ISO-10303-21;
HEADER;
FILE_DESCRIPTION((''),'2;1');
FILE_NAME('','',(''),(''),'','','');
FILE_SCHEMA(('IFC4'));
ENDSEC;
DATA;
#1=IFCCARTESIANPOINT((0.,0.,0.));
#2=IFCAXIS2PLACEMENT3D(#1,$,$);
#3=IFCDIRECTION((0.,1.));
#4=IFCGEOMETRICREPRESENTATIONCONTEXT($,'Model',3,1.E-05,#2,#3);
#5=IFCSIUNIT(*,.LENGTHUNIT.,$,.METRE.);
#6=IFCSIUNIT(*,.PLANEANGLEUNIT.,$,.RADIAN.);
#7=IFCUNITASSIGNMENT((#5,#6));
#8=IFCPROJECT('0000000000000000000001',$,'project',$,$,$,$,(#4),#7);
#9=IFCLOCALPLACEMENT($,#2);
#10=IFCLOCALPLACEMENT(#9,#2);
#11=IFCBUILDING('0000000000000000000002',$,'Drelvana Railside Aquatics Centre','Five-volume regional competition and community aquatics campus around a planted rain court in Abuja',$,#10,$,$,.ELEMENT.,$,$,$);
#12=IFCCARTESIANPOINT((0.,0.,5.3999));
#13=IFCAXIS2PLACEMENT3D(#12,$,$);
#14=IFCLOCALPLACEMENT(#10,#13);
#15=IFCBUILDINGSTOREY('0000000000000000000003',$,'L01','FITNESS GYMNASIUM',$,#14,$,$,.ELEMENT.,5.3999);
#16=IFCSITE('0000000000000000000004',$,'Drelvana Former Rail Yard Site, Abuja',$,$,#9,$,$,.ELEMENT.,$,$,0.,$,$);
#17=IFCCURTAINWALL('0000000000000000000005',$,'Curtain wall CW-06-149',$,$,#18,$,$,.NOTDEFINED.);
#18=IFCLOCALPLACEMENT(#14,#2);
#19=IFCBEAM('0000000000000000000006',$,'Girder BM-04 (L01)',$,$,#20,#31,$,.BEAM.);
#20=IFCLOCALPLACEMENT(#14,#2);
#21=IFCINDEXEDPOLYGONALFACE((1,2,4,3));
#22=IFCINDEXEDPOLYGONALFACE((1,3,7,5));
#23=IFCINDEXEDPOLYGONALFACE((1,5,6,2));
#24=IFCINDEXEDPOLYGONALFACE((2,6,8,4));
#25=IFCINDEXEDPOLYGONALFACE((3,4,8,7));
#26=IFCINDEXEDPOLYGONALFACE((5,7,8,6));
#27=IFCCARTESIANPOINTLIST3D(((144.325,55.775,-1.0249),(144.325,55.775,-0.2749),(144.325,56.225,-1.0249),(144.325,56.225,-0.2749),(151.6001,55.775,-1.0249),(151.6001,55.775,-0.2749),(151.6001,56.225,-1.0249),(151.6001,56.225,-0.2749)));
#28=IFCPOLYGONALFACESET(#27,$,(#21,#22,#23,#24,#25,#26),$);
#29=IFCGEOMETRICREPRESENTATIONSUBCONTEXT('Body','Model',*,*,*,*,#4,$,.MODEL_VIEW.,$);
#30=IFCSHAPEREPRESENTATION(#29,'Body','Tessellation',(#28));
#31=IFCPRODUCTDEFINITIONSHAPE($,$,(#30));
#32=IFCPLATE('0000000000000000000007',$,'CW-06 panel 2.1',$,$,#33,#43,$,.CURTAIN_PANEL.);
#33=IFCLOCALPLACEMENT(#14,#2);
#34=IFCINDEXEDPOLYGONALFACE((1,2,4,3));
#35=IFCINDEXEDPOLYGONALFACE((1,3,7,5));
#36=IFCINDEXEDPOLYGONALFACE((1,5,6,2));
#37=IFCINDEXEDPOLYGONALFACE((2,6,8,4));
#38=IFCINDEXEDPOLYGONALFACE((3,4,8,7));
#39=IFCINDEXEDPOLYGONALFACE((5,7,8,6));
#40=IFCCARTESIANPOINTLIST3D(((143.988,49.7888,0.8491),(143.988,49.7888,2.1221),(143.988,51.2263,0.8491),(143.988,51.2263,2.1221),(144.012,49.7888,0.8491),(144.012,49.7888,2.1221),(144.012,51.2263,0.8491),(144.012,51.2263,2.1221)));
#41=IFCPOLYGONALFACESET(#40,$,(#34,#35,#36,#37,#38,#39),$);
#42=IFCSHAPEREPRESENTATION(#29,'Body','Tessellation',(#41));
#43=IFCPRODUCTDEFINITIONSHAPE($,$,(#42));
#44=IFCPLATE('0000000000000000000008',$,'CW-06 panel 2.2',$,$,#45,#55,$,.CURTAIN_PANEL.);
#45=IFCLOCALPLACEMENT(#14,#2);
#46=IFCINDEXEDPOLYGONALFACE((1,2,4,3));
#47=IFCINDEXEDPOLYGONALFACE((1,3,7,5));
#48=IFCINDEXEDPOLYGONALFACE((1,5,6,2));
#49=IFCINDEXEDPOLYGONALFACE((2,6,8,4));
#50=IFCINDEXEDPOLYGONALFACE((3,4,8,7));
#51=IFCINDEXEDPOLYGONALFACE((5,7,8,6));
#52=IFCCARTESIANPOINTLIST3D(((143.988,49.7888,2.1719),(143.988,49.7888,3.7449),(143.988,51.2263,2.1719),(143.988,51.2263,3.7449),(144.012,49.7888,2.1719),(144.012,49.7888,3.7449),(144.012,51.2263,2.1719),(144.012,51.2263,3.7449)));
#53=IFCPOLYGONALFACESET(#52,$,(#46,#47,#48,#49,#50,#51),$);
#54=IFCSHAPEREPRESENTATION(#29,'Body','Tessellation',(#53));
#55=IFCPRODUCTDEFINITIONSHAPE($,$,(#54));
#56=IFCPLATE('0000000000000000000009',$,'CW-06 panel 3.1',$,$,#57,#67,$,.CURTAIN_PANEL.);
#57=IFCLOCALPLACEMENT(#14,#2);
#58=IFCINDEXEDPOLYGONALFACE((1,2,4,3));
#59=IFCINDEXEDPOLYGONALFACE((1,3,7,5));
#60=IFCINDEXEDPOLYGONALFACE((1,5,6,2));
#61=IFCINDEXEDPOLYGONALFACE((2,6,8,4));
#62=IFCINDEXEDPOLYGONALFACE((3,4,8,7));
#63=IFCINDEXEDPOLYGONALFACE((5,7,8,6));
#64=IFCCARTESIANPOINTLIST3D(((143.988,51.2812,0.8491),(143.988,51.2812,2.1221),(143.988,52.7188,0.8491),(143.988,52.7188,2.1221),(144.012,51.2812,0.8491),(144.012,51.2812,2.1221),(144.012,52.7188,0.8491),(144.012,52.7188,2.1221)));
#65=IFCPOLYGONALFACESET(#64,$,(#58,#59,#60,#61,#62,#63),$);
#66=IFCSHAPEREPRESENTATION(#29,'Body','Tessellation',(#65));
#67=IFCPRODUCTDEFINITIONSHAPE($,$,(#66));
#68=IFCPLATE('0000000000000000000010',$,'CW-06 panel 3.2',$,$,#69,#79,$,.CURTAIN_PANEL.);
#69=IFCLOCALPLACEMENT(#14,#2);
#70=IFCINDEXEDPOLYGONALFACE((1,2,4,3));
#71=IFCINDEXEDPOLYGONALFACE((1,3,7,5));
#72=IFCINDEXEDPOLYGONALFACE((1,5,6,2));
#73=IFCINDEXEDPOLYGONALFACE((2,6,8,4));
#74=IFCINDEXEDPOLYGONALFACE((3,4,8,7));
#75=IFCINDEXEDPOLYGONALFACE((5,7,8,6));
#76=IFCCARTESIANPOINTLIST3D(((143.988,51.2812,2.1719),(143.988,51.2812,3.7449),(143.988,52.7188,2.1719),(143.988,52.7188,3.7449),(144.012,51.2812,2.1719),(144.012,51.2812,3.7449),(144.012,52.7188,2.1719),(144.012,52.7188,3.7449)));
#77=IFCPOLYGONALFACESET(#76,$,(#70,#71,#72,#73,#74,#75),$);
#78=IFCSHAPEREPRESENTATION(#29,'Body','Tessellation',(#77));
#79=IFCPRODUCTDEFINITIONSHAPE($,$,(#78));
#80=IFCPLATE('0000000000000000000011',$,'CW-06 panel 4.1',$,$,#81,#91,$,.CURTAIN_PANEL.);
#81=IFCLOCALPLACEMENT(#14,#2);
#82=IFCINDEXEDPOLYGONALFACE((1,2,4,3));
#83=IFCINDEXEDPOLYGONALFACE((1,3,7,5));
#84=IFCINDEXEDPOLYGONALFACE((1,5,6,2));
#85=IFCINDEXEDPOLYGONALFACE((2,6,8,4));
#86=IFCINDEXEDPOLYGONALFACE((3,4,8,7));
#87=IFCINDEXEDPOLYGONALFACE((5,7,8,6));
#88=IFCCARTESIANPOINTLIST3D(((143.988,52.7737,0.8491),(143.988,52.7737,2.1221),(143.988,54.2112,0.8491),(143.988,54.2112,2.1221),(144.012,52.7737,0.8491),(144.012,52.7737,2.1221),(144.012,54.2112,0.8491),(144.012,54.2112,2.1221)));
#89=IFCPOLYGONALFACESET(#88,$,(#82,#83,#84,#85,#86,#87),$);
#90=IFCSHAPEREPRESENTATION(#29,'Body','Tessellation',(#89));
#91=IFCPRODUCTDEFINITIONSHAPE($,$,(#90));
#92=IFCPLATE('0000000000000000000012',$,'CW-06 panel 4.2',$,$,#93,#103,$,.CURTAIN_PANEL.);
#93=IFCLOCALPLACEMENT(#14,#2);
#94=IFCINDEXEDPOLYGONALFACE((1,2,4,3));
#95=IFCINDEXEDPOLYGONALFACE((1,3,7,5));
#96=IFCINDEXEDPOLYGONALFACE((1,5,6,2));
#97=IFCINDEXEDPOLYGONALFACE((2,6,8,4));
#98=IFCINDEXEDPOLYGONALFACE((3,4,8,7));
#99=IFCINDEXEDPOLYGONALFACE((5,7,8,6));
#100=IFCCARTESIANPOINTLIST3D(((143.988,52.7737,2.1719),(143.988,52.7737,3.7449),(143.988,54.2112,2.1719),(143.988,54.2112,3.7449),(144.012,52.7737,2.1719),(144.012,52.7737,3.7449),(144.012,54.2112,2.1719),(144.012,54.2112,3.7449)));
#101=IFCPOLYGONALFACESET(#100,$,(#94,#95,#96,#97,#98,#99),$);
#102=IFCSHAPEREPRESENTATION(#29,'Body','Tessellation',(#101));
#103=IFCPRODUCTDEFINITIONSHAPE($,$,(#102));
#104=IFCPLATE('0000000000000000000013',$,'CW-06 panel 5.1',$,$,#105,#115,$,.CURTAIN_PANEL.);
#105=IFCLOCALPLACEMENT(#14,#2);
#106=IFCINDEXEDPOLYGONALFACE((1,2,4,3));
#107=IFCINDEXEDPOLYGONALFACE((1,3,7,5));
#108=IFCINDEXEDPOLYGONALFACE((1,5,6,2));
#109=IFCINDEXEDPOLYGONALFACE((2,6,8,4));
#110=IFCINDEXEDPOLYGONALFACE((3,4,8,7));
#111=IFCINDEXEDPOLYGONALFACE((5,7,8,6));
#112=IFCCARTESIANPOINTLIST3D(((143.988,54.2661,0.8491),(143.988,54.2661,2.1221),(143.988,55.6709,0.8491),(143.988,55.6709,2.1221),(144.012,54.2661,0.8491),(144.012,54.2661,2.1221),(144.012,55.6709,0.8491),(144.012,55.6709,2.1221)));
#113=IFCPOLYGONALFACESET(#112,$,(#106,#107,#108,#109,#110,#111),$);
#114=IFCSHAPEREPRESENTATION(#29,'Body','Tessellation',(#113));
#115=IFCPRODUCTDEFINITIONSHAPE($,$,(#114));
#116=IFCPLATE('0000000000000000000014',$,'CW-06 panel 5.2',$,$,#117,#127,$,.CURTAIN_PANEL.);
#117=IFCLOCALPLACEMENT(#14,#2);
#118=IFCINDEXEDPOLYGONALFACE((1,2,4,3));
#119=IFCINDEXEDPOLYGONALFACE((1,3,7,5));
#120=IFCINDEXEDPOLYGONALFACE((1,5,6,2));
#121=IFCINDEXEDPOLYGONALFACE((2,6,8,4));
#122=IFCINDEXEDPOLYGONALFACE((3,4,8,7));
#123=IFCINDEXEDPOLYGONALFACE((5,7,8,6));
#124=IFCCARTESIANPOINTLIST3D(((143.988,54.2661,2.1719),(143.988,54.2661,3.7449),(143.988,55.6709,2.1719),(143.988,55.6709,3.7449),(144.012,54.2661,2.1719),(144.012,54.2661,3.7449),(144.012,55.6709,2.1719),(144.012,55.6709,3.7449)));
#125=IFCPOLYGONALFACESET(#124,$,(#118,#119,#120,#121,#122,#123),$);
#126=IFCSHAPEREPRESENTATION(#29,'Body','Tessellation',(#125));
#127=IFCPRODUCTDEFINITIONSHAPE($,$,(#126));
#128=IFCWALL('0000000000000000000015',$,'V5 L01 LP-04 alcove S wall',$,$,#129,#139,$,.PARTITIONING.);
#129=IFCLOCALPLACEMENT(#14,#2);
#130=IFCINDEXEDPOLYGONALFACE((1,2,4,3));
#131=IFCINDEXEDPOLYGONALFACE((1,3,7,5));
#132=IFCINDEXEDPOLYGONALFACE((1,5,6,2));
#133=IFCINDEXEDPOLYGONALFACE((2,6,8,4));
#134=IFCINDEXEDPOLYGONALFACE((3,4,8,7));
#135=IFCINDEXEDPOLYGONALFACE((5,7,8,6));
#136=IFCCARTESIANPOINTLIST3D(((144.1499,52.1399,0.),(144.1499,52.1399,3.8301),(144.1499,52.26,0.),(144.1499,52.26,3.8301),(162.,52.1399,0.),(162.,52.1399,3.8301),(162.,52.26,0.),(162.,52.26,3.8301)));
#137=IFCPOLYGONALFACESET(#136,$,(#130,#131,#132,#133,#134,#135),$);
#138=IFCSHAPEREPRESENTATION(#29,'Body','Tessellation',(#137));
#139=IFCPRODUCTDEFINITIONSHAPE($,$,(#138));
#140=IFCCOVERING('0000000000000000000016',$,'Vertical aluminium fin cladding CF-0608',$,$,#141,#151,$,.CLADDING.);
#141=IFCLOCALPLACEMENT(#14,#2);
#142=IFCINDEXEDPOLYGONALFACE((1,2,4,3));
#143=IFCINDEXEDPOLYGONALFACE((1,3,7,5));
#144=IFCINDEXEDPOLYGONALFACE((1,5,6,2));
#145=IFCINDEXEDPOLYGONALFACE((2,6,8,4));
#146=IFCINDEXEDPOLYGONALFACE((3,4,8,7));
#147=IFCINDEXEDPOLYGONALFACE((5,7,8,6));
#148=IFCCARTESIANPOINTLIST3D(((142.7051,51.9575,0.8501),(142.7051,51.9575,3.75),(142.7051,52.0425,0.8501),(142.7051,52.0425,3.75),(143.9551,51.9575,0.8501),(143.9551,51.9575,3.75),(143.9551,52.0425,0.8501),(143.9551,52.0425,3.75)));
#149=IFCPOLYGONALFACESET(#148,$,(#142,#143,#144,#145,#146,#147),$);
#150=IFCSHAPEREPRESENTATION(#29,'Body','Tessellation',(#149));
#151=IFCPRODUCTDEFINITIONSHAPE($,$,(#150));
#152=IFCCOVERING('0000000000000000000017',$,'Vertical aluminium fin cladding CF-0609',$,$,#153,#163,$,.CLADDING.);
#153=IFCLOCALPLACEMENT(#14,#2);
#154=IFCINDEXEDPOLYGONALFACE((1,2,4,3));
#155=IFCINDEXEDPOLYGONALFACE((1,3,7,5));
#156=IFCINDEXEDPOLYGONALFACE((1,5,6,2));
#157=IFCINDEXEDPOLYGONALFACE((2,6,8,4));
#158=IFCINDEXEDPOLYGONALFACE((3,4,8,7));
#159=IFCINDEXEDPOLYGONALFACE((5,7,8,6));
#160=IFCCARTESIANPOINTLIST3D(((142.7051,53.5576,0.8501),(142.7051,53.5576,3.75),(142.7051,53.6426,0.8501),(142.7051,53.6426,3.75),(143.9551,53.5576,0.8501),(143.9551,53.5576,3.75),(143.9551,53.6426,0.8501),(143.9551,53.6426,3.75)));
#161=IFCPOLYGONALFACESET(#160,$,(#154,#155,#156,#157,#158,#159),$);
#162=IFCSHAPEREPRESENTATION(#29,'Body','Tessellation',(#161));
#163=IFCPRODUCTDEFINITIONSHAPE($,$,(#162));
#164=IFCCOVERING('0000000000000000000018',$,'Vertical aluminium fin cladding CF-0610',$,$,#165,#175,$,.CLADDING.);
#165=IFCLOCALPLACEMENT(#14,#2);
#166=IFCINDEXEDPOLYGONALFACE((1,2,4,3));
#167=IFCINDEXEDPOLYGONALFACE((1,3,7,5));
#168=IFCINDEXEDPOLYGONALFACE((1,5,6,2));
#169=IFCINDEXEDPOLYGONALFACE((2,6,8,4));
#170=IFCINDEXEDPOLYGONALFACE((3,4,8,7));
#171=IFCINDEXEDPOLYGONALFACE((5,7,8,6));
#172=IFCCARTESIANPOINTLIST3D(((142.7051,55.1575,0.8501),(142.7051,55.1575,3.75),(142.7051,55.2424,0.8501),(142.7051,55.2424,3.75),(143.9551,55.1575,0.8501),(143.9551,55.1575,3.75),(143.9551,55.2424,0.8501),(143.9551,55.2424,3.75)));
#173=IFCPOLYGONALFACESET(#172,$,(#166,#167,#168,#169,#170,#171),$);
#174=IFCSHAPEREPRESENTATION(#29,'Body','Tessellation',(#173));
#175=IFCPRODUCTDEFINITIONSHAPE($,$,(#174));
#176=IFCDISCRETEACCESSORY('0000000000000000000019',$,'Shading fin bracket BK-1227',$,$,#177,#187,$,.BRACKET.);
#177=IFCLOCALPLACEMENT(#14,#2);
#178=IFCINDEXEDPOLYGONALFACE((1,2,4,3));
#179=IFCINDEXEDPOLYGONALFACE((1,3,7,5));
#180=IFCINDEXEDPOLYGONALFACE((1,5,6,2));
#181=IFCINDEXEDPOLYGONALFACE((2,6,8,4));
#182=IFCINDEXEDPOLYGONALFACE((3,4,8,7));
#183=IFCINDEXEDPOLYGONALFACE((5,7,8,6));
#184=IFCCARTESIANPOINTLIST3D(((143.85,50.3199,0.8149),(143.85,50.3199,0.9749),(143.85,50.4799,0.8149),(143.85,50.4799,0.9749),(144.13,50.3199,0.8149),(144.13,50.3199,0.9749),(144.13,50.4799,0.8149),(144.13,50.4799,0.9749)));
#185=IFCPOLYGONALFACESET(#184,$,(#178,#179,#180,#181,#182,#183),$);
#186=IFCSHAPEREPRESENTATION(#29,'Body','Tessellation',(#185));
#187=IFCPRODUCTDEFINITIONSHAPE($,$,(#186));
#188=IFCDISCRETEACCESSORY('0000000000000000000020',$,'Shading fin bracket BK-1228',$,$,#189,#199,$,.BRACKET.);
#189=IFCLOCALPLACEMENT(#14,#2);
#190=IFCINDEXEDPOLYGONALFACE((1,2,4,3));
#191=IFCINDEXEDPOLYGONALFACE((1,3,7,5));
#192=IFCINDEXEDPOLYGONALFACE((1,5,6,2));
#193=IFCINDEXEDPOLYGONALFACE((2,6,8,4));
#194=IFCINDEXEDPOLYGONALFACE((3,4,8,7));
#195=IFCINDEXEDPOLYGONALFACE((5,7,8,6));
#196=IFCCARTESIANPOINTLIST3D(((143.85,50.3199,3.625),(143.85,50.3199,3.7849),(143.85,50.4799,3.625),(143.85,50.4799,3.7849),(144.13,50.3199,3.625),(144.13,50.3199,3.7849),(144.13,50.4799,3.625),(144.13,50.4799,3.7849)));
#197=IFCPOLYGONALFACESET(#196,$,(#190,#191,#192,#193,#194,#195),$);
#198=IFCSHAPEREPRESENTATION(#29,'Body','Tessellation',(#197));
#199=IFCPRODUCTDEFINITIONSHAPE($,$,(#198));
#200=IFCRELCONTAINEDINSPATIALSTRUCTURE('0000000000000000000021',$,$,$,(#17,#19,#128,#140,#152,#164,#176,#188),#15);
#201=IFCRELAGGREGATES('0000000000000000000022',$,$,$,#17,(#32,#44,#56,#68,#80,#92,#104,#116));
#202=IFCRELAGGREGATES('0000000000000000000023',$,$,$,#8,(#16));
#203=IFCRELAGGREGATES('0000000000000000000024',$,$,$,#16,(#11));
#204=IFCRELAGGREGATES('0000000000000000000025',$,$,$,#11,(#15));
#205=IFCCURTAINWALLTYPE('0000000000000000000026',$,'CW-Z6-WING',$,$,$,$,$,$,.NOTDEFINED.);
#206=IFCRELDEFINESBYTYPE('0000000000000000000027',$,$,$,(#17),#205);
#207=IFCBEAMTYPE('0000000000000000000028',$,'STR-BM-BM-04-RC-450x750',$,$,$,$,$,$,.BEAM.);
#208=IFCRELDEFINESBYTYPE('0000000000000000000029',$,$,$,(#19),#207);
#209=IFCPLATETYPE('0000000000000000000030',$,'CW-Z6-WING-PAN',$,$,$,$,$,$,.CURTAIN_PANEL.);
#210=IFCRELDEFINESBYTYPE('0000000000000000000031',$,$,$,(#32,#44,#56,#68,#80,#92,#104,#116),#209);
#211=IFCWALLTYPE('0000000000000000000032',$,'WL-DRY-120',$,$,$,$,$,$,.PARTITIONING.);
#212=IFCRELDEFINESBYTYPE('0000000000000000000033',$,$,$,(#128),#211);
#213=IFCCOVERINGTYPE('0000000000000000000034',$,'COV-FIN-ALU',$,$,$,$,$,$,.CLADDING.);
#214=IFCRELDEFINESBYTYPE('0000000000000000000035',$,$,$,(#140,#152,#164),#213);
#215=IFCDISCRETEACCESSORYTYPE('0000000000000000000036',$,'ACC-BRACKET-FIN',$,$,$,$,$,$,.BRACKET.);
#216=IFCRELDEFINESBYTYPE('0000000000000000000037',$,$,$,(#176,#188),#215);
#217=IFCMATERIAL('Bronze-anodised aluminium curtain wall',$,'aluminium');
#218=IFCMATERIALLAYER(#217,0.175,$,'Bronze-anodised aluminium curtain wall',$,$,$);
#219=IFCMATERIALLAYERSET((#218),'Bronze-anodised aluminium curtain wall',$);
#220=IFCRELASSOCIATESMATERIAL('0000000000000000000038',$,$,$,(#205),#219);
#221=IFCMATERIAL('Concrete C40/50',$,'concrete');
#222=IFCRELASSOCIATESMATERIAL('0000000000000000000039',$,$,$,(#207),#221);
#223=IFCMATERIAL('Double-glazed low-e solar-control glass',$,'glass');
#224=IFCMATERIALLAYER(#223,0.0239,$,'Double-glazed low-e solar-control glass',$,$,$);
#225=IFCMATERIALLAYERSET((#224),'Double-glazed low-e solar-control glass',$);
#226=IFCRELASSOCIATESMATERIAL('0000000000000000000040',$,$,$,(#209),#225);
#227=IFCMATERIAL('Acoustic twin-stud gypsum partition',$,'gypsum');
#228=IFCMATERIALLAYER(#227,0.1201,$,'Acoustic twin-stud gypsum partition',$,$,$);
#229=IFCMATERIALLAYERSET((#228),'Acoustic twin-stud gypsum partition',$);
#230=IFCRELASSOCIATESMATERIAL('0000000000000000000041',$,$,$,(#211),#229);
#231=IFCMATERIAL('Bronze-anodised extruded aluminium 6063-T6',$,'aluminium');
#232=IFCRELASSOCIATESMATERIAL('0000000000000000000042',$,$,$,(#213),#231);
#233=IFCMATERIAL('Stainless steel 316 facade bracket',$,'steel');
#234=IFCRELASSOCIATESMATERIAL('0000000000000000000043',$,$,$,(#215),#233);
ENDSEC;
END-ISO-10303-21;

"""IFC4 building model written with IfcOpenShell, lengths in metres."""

from ifc_helpers import new_model, si_unit, direction, frame, frame_2d, origin, origin_2d, place, context, subcontext, project, spatial, rectangle, extrude, material, layer, layer_set, material_profile, profile_set, type_object, element, aggregate, save


model = new_model("IFC4")

# Units and contexts
model_context = context("Model", 3, precision=1e-05, world=origin(), true_north=direction((0.0, 1.0)))
body_context = subcontext(model_context, "Body", "Model", "MODEL_VIEW")
ifc_project = project(units=[si_unit("LENGTHUNIT", "METRE"), si_unit("PLANEANGLEUNIT", "RADIAN")], contexts=[model_context])

# Site, building, storey
site_placement = place(None, origin())
site = spatial("IfcSite", under=ifc_project, at=site_placement, Name="Drelvana Former Rail Yard Site, Abuja", CompositionType="ELEMENT", RefElevation=0.0)
building_placement = place(site_placement, origin())
building = spatial("IfcBuilding", under=site, at=building_placement, Name="Drelvana Railside Aquatics Centre", Description="Five-volume regional competition and community aquatics campus around a planted rain court in Abuja", CompositionType="ELEMENT")
storey_placement = place(building_placement, frame((0.0, 0.0, 5.3999)))
storey = spatial("IfcBuildingStorey", under=building, at=storey_placement, Name="L01", Description="FITNESS GYMNASIUM", CompositionType="ELEMENT", Elevation=5.3999)

# Shared definitions
ifc_material_1 = material(Name="Concrete C40/50", Category="concrete")

# Curtain wall
ifc_material_2 = material(Name="Bronze-anodised aluminium curtain wall", Category="aluminium")
ifc_layer_1 = layer(ifc_material_2, 0.175, Name="Bronze-anodised aluminium curtain wall")
ifc_layer_set_1 = layer_set([ifc_layer_1], Name="Bronze-anodised aluminium curtain wall")
curtain_wall_type = type_object("IfcCurtainWallType", Name="CW-Z6-WING", PredefinedType="NOTDEFINED", material=ifc_layer_set_1)
curtain_wall_placement = place(storey_placement, origin())
curtain_wall = element("IfcCurtainWall", 1, at=curtain_wall_placement, inside=storey, type_object=curtain_wall_type, Name="Curtain wall CW-06-149", PredefinedType="NOTDEFINED")

# Beam
ifc_material_profile_1 = material_profile(ifc_material_1, rectangle(XDim=0.45, YDim=0.75, at=origin_2d()), Name="RC 450x750")
ifc_profile_set_1 = profile_set([ifc_material_profile_1], Name="Concrete C40/50")
beam_type = type_object("IfcBeamType", Name="STR-BM-BM-04-RC-450x750", PredefinedType="BEAM", material=ifc_profile_set_1)
beam_placement = place(storey_placement, frame((144.325, 56.0, -0.6499), z_axis=(1.0, 0.0, 0.0), x_axis=(0.0, 1.0, 0.0)))
element("IfcBeam", 2, at=beam_placement, inside=storey, type_object=beam_type, Name="Girder BM-04 (L01)", PredefinedType="BEAM", context=body_context, shape_type="SweptSolid", body=[
    extrude(rectangle(XDim=0.45, YDim=0.75, at=origin_2d()), origin(), (0.0, 0.0, 1.0), 7.2751),
])

# Plates
ifc_material_3 = material(Name="Double-glazed low-e solar-control glass", Category="glass")
ifc_layer_2 = layer(ifc_material_3, 0.0239, Name="Double-glazed low-e solar-control glass")
ifc_layer_set_2 = layer_set([ifc_layer_2], Name="Double-glazed low-e solar-control glass")
plate_type = type_object("IfcPlateType", Name="CW-Z6-WING-PAN", PredefinedType="CURTAIN_PANEL", material=ifc_layer_set_2)
plate_1_placement = place(storey_placement, frame((144.0, 50.5076, 0.8491), z_axis=(0.0, 0.0, 1.0), x_axis=(0.0, 1.0, 0.0)))
plate_1 = element("IfcPlate", 3, at=plate_1_placement, type_object=plate_type, Name="CW-06 panel 2.1", PredefinedType="CURTAIN_PANEL", context=body_context, shape_type="SweptSolid", body=[
    extrude(rectangle(XDim=1.4375, YDim=0.0239, at=origin_2d()), origin(), (0.0, 0.0, 1.0), 1.2729),
])
plate_2_placement = place(storey_placement, frame((144.0, 50.5076, 2.1719), z_axis=(0.0, 0.0, 1.0), x_axis=(0.0, 1.0, 0.0)))
plate_2 = element("IfcPlate", 4, at=plate_2_placement, type_object=plate_type, Name="CW-06 panel 2.2", PredefinedType="CURTAIN_PANEL", context=body_context, shape_type="SweptSolid", body=[
    extrude(rectangle(XDim=1.4375, YDim=0.0239, at=origin_2d()), origin(), (0.0, 0.0, 1.0), 1.573),
])
plate_3_placement = place(storey_placement, frame((144.0, 52.0, 0.8491), z_axis=(0.0, 0.0, 1.0), x_axis=(0.0, 1.0, 0.0)))
plate_3 = element("IfcPlate", 5, at=plate_3_placement, type_object=plate_type, Name="CW-06 panel 3.1", PredefinedType="CURTAIN_PANEL", context=body_context, shape_type="SweptSolid", body=[
    extrude(rectangle(XDim=1.4375, YDim=0.0239, at=origin_2d()), origin(), (0.0, 0.0, 1.0), 1.2729),
])
plate_4_placement = place(storey_placement, frame((144.0, 52.0, 2.1719), z_axis=(0.0, 0.0, 1.0), x_axis=(0.0, 1.0, 0.0)))
plate_4 = element("IfcPlate", 6, at=plate_4_placement, type_object=plate_type, Name="CW-06 panel 3.2", PredefinedType="CURTAIN_PANEL", context=body_context, shape_type="SweptSolid", body=[
    extrude(rectangle(XDim=1.4375, YDim=0.0239, at=origin_2d()), origin(), (0.0, 0.0, 1.0), 1.573),
])
plate_5_placement = place(storey_placement, frame((144.0, 53.4924, 0.8491), z_axis=(0.0, 0.0, 1.0), x_axis=(0.0, 1.0, 0.0)))
plate_5 = element("IfcPlate", 7, at=plate_5_placement, type_object=plate_type, Name="CW-06 panel 4.1", PredefinedType="CURTAIN_PANEL", context=body_context, shape_type="SweptSolid", body=[
    extrude(rectangle(XDim=1.4375, YDim=0.0239, at=origin_2d()), origin(), (0.0, 0.0, 1.0), 1.2729),
])
plate_6_placement = place(storey_placement, frame((144.0, 53.4924, 2.1719), z_axis=(0.0, 0.0, 1.0), x_axis=(0.0, 1.0, 0.0)))
plate_6 = element("IfcPlate", 8, at=plate_6_placement, type_object=plate_type, Name="CW-06 panel 4.2", PredefinedType="CURTAIN_PANEL", context=body_context, shape_type="SweptSolid", body=[
    extrude(rectangle(XDim=1.4375, YDim=0.0239, at=origin_2d()), origin(), (0.0, 0.0, 1.0), 1.573),
])
plate_7_placement = place(storey_placement, frame((144.0, 54.9685, 0.8491), z_axis=(0.0, 0.0, 1.0), x_axis=(0.0, 1.0, 0.0)))
plate_7 = element("IfcPlate", 9, at=plate_7_placement, type_object=plate_type, Name="CW-06 panel 5.1", PredefinedType="CURTAIN_PANEL", context=body_context, shape_type="SweptSolid", body=[
    extrude(rectangle(XDim=1.4048, YDim=0.0239, at=origin_2d()), origin(), (0.0, 0.0, 1.0), 1.2729),
])
plate_8_placement = place(storey_placement, frame((144.0, 54.9685, 2.1719), z_axis=(0.0, 0.0, 1.0), x_axis=(0.0, 1.0, 0.0)))
plate_8 = element("IfcPlate", 10, at=plate_8_placement, type_object=plate_type, Name="CW-06 panel 5.2", PredefinedType="CURTAIN_PANEL", context=body_context, shape_type="SweptSolid", body=[
    extrude(rectangle(XDim=1.4048, YDim=0.0239, at=origin_2d()), origin(), (0.0, 0.0, 1.0), 1.573),
])
aggregate(curtain_wall, [plate_1, plate_2, plate_3, plate_4, plate_5, plate_6, plate_7, plate_8])

# Wall
ifc_material_4 = material(Name="Acoustic twin-stud gypsum partition", Category="gypsum")
ifc_layer_3 = layer(ifc_material_4, 0.1201, Name="Acoustic twin-stud gypsum partition")
ifc_layer_set_3 = layer_set([ifc_layer_3], Name="Acoustic twin-stud gypsum partition")
wall_type = type_object("IfcWallType", Name="WL-DRY-120", PredefinedType="PARTITIONING", material=ifc_layer_set_3)
wall_placement = place(storey_placement, frame((144.1499, 52.2, 0.0), z_axis=(0.0, 0.0, 1.0), x_axis=(1.0, 0.0, 0.0)))
element("IfcWall", 11, at=wall_placement, inside=storey, type_object=wall_type, Name="V5 L01 LP-04 alcove S wall", PredefinedType="PARTITIONING", context=body_context, shape_type="SweptSolid", body=[
    extrude(rectangle(XDim=17.8501, YDim=0.1201, at=frame_2d((8.925, 0.0))), origin(), (0.0, 0.0, 1.0), 3.8301),
])

# Coverings
ifc_material_5 = material(Name="Bronze-anodised extruded aluminium 6063-T6", Category="aluminium")
covering_type = type_object("IfcCoveringType", Name="COV-FIN-ALU", PredefinedType="CLADDING", material=ifc_material_5)
for number, where, z_axis, x_axis, name in (
    (12, (143.3301, 52.0, 0.8501), (0.0, 0.0, 1.0), (0.0, 1.0, 0.0), "Vertical aluminium fin cladding CF-0608"),
    (13, (143.3301, 53.6001, 0.8501), (0.0, 0.0, 1.0), (0.0, 1.0, 0.0), "Vertical aluminium fin cladding CF-0609"),
    (14, (143.3301, 55.2, 0.8501), (0.0, 0.0, 1.0), (0.0, 1.0, 0.0), "Vertical aluminium fin cladding CF-0610"),
):
    element("IfcCovering", number, at=place(storey_placement, frame(where, z_axis=z_axis, x_axis=x_axis)), inside=storey, type_object=covering_type, Name=name, PredefinedType="CLADDING", context=body_context, shape_type="SweptSolid", body=[
        extrude(rectangle(XDim=0.085, YDim=1.25, at=origin_2d()), origin(), (0.0, 0.0, 1.0), 2.8999),
    ])

# Discrete accessories
ifc_material_6 = material(Name="Stainless steel 316 facade bracket", Category="steel")
discrete_accessory_type = type_object("IfcDiscreteAccessoryType", Name="ACC-BRACKET-FIN", PredefinedType="BRACKET", material=ifc_material_6)
for number, where, z_axis, x_axis, name in (
    (15, (143.99, 50.3999, 0.8149), (0.0, 0.0, 1.0), (-1.0, 0.0, 0.0), "Shading fin bracket BK-1227"),
    (16, (143.99, 50.3999, 3.625), (0.0, 0.0, 1.0), (-1.0, 0.0, 0.0), "Shading fin bracket BK-1228"),
):
    element("IfcDiscreteAccessory", number, at=place(storey_placement, frame(where, z_axis=z_axis, x_axis=x_axis)), inside=storey, type_object=discrete_accessory_type, Name=name, PredefinedType="BRACKET", context=body_context, shape_type="SweptSolid", body=[
        extrude(rectangle(XDim=0.28, YDim=0.1599, at=origin_2d()), origin(), (0.0, 0.0, 1.0), 0.1599),
    ])

save(model, "model.ifc")
